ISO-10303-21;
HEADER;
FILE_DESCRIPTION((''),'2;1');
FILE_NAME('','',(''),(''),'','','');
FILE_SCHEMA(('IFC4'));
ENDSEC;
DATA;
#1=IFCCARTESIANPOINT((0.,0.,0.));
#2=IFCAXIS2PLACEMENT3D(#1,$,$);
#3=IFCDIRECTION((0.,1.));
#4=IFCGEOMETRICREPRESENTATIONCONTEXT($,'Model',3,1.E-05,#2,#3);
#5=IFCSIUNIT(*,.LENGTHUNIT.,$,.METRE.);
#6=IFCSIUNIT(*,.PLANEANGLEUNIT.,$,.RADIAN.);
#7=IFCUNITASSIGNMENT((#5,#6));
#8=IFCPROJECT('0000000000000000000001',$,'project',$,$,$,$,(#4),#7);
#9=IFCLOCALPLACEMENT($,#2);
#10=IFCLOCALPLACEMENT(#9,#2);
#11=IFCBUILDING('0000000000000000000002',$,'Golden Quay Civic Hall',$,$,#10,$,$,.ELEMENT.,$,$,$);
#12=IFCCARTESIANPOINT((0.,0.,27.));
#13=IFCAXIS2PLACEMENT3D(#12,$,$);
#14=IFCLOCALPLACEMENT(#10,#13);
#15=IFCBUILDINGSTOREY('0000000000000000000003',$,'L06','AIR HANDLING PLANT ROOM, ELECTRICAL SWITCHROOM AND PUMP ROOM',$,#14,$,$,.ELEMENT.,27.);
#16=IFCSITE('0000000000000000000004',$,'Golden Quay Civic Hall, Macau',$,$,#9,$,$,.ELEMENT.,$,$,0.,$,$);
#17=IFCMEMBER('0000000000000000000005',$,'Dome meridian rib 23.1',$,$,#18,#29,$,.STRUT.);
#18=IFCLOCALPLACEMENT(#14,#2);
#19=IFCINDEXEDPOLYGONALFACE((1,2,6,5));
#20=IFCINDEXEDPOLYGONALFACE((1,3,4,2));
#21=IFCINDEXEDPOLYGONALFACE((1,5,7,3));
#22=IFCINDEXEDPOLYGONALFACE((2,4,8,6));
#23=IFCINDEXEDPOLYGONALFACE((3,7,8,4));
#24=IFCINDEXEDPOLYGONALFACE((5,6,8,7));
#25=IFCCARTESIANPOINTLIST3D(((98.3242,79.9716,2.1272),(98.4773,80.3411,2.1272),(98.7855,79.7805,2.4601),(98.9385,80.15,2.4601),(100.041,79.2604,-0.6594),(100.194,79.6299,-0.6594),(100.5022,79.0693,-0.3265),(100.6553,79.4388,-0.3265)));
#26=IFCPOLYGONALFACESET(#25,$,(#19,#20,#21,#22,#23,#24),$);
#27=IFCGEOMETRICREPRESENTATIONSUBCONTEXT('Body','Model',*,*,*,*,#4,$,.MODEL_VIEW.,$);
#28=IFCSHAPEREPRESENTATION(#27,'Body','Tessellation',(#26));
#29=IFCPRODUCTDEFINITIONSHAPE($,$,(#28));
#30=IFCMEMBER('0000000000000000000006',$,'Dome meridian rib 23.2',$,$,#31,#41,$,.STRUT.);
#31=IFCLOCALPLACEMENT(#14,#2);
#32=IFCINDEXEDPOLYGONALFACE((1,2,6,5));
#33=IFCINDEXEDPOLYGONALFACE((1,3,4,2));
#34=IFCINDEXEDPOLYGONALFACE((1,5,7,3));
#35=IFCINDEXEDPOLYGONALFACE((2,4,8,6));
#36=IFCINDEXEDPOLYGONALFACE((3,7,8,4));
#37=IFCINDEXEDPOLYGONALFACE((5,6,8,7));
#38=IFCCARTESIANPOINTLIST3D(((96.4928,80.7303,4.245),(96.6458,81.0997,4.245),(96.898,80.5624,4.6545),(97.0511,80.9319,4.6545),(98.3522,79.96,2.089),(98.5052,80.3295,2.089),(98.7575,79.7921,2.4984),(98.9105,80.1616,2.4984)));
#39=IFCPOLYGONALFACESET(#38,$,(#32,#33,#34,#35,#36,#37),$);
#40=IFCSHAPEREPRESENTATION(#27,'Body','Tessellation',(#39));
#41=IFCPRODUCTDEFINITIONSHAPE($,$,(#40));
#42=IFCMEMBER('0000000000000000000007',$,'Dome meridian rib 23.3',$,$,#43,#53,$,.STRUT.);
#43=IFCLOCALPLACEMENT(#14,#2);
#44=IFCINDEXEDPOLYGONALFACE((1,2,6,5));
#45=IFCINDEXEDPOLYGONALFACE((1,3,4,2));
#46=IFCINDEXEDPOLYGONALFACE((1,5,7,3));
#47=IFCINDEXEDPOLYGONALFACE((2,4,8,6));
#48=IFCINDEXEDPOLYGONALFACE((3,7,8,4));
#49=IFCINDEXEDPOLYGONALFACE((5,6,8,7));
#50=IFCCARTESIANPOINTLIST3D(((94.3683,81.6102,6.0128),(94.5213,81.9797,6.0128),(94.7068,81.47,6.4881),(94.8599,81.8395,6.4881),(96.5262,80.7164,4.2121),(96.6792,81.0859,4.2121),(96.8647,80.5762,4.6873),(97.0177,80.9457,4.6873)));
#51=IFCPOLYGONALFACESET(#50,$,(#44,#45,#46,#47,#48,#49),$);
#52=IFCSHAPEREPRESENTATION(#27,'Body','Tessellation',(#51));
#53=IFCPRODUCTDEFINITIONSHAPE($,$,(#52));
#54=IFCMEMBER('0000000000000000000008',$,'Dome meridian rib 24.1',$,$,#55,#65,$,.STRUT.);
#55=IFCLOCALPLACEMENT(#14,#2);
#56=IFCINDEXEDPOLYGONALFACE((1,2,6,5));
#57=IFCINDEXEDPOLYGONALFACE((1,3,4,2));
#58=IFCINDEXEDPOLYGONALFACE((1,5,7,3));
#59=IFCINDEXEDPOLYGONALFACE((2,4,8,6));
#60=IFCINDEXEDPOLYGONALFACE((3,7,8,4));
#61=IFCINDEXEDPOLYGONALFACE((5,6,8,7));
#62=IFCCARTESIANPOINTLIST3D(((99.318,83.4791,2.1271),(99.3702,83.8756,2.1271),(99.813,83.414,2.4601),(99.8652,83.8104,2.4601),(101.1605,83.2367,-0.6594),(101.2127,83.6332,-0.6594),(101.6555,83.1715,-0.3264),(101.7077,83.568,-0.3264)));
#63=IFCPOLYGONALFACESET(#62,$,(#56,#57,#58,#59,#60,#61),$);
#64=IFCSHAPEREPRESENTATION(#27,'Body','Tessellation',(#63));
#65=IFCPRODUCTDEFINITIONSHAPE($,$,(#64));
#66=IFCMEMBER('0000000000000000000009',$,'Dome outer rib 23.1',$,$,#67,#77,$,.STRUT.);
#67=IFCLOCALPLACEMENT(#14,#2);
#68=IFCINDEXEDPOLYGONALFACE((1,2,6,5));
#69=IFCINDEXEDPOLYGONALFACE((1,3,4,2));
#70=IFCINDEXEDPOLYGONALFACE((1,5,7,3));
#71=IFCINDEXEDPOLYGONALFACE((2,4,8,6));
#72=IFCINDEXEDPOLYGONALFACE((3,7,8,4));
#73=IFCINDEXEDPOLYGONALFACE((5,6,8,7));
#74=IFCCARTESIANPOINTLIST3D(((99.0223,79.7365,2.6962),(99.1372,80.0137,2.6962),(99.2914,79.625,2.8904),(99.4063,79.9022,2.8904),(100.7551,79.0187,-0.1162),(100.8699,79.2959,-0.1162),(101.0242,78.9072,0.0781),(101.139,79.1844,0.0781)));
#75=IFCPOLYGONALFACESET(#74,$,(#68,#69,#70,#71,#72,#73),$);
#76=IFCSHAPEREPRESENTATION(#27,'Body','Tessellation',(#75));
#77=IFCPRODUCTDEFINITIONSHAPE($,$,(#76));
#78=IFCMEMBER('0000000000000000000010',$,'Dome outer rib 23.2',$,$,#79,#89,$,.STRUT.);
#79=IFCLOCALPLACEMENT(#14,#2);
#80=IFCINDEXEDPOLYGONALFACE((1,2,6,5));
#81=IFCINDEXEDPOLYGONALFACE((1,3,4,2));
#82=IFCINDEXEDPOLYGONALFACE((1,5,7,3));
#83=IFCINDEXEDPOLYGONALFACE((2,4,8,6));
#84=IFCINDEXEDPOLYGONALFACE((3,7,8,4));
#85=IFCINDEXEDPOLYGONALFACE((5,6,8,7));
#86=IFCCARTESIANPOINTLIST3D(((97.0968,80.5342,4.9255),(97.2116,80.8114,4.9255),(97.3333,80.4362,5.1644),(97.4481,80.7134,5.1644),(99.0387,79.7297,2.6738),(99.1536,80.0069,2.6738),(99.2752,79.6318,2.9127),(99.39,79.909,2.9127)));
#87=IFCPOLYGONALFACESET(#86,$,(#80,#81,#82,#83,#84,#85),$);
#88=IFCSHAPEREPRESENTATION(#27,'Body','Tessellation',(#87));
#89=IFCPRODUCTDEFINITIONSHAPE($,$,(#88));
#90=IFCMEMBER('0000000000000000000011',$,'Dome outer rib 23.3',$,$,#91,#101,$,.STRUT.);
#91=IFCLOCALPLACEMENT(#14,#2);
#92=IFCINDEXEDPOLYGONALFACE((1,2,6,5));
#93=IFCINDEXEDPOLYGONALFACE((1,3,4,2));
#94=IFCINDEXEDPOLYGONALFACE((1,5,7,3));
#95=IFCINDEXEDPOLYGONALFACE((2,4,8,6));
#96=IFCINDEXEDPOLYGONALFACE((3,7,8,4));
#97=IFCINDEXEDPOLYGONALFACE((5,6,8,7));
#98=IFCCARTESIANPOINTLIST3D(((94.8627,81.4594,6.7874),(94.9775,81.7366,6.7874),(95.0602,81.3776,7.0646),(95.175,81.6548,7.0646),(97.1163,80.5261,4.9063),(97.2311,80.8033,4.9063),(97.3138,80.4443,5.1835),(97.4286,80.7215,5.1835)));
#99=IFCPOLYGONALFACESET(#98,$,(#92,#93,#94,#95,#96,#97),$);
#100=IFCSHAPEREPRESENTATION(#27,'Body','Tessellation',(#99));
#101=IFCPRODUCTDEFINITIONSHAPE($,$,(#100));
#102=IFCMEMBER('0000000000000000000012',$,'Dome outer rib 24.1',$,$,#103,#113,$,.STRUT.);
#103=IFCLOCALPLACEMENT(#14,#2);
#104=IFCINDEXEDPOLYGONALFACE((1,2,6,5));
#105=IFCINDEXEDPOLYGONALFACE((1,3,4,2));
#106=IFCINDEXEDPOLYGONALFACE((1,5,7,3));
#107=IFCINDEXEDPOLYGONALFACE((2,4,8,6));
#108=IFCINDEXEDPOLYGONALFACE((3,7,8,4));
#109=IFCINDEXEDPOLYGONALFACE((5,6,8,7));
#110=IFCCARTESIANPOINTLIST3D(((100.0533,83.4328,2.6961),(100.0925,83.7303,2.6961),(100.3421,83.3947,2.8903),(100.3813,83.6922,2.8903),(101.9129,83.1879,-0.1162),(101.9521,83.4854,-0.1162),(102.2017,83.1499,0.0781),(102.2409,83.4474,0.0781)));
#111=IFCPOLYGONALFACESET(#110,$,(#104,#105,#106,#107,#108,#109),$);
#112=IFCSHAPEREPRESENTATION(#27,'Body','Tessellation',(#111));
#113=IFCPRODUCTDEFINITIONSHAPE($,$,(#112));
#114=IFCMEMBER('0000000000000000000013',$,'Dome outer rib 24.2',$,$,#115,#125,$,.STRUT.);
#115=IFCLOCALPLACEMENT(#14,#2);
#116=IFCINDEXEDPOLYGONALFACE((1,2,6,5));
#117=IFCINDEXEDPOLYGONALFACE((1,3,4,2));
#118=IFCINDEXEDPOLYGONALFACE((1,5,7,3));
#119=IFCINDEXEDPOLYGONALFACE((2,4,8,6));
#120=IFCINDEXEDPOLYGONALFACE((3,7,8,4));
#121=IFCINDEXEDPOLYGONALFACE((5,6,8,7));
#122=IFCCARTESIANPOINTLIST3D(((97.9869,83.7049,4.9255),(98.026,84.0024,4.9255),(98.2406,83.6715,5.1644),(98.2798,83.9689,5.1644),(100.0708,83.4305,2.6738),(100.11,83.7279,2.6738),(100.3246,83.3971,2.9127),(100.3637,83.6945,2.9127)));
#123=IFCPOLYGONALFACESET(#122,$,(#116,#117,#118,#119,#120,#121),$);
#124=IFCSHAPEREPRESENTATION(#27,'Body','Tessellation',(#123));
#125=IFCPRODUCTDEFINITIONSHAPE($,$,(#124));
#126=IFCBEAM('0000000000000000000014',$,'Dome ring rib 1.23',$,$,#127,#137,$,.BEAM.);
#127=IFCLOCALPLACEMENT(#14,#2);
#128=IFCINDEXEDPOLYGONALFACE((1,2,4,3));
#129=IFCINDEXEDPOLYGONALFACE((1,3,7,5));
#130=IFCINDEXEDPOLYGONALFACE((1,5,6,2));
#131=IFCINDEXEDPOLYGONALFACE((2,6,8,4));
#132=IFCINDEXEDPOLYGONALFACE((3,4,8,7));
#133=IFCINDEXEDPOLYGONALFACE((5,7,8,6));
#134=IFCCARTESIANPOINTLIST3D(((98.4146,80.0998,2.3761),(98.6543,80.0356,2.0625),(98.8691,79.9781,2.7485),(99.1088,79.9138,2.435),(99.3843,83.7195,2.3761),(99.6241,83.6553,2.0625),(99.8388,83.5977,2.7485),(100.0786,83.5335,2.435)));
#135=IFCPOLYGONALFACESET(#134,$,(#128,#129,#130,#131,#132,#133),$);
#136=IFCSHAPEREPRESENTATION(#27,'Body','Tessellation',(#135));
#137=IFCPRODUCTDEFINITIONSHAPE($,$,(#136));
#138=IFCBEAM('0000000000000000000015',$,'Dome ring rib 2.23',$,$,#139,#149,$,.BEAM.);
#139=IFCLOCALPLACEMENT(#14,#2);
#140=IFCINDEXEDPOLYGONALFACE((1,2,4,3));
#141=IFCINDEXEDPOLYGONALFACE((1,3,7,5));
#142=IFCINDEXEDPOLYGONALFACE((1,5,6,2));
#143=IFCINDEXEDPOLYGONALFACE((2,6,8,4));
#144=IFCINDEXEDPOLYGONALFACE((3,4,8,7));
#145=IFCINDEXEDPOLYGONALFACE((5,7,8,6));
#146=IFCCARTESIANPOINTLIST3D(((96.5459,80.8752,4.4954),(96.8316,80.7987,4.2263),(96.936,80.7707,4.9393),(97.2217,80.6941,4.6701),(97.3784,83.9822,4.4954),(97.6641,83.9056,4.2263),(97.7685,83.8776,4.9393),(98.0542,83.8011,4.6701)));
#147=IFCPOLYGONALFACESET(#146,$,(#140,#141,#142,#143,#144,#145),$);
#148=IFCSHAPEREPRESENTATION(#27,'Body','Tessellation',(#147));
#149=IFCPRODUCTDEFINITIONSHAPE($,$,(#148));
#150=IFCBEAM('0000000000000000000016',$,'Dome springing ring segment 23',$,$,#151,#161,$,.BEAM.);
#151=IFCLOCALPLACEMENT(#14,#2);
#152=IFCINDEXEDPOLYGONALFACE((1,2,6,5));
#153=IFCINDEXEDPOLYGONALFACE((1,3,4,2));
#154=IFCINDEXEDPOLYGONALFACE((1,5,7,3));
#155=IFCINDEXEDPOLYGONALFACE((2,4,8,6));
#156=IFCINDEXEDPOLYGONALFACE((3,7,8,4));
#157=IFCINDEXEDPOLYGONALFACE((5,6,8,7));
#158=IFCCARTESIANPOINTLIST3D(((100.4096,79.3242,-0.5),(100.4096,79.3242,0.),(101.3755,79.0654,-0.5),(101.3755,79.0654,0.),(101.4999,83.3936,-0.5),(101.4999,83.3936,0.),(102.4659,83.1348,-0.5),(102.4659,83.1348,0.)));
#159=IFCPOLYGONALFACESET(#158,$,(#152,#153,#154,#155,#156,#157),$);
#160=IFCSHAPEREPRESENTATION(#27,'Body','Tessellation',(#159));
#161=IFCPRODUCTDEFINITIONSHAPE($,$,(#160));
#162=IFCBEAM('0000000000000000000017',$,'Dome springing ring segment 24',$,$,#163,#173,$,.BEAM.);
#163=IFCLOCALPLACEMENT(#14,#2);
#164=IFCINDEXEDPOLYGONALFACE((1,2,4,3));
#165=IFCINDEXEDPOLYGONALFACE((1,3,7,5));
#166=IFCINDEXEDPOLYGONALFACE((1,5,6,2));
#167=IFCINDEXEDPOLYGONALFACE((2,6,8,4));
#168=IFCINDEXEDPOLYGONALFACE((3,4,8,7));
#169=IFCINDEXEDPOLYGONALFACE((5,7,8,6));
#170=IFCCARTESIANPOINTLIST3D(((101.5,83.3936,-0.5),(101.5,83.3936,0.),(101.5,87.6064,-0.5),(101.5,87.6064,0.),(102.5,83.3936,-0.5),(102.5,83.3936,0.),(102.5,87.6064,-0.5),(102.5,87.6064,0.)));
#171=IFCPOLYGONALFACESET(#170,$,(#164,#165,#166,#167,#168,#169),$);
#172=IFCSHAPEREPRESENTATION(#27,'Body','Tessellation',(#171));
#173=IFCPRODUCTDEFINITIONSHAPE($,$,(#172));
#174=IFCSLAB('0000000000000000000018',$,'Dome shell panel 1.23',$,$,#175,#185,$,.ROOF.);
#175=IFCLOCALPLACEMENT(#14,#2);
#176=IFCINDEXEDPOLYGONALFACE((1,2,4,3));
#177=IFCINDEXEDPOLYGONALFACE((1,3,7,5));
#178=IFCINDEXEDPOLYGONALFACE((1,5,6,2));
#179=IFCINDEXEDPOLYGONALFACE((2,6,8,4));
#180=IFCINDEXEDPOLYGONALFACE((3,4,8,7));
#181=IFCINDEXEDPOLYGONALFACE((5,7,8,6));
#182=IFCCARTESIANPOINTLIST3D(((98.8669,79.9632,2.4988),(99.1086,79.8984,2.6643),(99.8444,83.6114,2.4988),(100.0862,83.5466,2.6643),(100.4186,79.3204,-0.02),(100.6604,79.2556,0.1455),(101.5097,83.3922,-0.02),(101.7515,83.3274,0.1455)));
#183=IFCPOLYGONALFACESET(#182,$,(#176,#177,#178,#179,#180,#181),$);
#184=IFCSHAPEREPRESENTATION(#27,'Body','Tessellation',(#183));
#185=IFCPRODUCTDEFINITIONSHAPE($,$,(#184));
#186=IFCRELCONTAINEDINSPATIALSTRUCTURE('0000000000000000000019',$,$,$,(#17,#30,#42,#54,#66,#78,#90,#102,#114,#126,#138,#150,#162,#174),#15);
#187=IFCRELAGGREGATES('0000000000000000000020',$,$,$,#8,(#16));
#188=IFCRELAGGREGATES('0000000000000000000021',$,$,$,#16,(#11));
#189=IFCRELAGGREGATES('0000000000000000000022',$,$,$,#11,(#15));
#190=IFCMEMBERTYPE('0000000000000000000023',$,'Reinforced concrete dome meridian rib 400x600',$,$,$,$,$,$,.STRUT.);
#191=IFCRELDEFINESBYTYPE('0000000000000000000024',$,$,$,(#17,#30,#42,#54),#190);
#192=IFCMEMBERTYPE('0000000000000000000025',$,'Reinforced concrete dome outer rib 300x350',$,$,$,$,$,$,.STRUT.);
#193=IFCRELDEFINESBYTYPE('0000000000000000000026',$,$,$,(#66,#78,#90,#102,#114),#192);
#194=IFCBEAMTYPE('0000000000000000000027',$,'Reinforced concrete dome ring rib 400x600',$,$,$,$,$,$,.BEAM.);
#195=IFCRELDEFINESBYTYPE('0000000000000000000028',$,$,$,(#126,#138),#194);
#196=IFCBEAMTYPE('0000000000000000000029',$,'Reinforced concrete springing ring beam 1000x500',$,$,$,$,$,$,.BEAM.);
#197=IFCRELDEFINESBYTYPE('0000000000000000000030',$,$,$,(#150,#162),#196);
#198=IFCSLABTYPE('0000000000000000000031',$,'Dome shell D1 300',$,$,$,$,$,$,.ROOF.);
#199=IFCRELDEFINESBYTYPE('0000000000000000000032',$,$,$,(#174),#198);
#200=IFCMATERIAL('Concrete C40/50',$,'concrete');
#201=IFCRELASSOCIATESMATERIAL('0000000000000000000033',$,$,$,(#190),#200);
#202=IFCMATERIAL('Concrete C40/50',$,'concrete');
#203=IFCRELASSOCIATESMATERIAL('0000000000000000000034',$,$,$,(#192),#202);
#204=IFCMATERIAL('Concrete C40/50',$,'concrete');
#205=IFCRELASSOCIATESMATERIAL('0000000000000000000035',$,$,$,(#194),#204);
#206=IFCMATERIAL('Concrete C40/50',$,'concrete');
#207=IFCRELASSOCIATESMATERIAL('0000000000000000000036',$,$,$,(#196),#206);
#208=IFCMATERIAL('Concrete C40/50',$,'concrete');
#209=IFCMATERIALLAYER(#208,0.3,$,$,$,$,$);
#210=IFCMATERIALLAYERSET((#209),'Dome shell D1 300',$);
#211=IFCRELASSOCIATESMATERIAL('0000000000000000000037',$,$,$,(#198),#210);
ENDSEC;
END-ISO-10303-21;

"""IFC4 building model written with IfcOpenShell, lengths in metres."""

from ifc_helpers import new_model, si_unit, direction, frame, origin, origin_2d, place, context, subcontext, project, spatial, polyline, rectangle, outline, extrude, material, layer, layer_set, material_profile, profile_set, type_object, element, save


model = new_model("IFC4")

# Units and contexts
model_context = context("Model", 3, precision=1e-05, world=origin(), true_north=direction((0.0, 1.0)))
body_context = subcontext(model_context, "Body", "Model", "MODEL_VIEW")
ifc_project = project(units=[si_unit("LENGTHUNIT", "METRE"), si_unit("PLANEANGLEUNIT", "RADIAN")], contexts=[model_context])

# Site, building, storey
site_placement = place(None, origin())
site = spatial("IfcSite", under=ifc_project, at=site_placement, Name="Golden Quay Civic Hall, Macau", CompositionType="ELEMENT", RefElevation=0.0)
building_placement = place(site_placement, origin())
building = spatial("IfcBuilding", under=site, at=building_placement, Name="Golden Quay Civic Hall", CompositionType="ELEMENT")
storey_placement = place(building_placement, frame((0.0, 0.0, 27.0)))
storey = spatial("IfcBuildingStorey", under=building, at=storey_placement, Name="L06", Description="AIR HANDLING PLANT ROOM, ELECTRICAL SWITCHROOM AND PUMP ROOM", CompositionType="ELEMENT", Elevation=27.0)

# Members
ifc_material_1 = material(Name="Concrete C40/50", Category="concrete")
ifc_material_profile_1 = material_profile(ifc_material_1, rectangle(XDim=0.3999, YDim=0.6001, at=origin_2d()), Name="RC 400x600")
ifc_profile_set_1 = profile_set([ifc_material_profile_1], Name="Concrete C40/50")
member_type_1 = type_object("IfcMemberType", Name="Reinforced concrete dome meridian rib 400x600", PredefinedType="STRUT", material=ifc_profile_set_1)
member_1_placement = place(storey_placement, frame((100.3481, 79.3496, -0.4929), z_axis=(-0.51257, 0.212332, 0.831978), x_axis=(-0.382711, -0.923868, 0.0)))
element("IfcMember", 1, at=member_1_placement, inside=storey, type_object=member_type_1, Name="Dome meridian rib 23.1", PredefinedType="STRUT", context=body_context, shape_type="SweptSolid", body=[
    extrude(rectangle(XDim=0.3999, YDim=0.6001, at=origin_2d()), origin(), (0.0, 0.0, 1.0), 3.3494),
])
member_2_placement = place(storey_placement, frame((98.6313, 80.0608, 2.2937), z_axis=(-0.630425, 0.26116, 0.730999), x_axis=(-0.38272, -0.923865, 0.0)))
element("IfcMember", 2, at=member_2_placement, inside=storey, type_object=member_type_1, Name="Dome meridian rib 23.2", PredefinedType="STRUT", context=body_context, shape_type="SweptSolid", body=[
    extrude(rectangle(XDim=0.3999, YDim=0.6001, at=origin_2d()), origin(), (0.0, 0.0, 1.0), 2.9495),
])
member_3_placement = place(storey_placement, frame((96.772, 80.8311, 4.4497), z_axis=(-0.731681, 0.303053, 0.610575), x_axis=(-0.382663, -0.923888, 0.0)))
element("IfcMember", 3, at=member_3_placement, inside=storey, type_object=member_type_1, Name="Dome meridian rib 23.3", PredefinedType="STRUT", context=body_context, shape_type="SweptSolid", body=[
    extrude(rectangle(XDim=0.3999, YDim=0.6001, at=origin_2d()), origin(), (0.0, 0.0, 1.0), 2.9492),
])
member_4_placement = place(storey_placement, frame((101.4341, 83.4023, -0.4929), z_axis=(-0.550096, 0.072379, 0.831959), x_axis=(-0.130451, -0.991455, 0.0)))
element("IfcMember", 4, at=member_4_placement, inside=storey, type_object=member_type_1, Name="Dome meridian rib 24.1", PredefinedType="STRUT", context=body_context, shape_type="SweptSolid", body=[
    extrude(rectangle(XDim=0.3999, YDim=0.6001, at=origin_2d()), origin(), (0.0, 0.0, 1.0), 3.3494),
])
ifc_material_2 = material(Name="Concrete C40/50", Category="concrete")
ifc_material_profile_2 = material_profile(ifc_material_2, rectangle(XDim=0.3, YDim=0.3501, at=origin_2d()), Name="RC 300x350")
ifc_profile_set_2 = profile_set([ifc_material_profile_2], Name="Concrete C40/50")
member_type_2 = type_object("IfcMemberType", Name="Reinforced concrete dome outer rib 300x350", PredefinedType="STRUT", material=ifc_profile_set_2)
member_5_placement = place(storey_placement, frame((100.947, 79.1016, -0.019), z_axis=(-0.512585, 0.212343, 0.831966), x_axis=(-0.38272, -0.923865, 0.0)))
element("IfcMember", 5, at=member_5_placement, inside=storey, type_object=member_type_2, Name="Dome outer rib 23.1", PredefinedType="STRUT", context=body_context, shape_type="SweptSolid", body=[
    extrude(rectangle(XDim=0.3, YDim=0.3501, at=origin_2d()), origin(), (0.0, 0.0, 1.0), 3.3804),
])
for number, where, z_axis, x_axis, name in (
    (6, (99.2144, 79.8193, 2.7932), (-0.630423, 0.261157, 0.731002), (-0.382718, -0.923865, 0.0), "Dome outer rib 23.2"),
    (7, (97.2725, 80.6238, 5.0449), (-0.73162, 0.302999, 0.610674), (-0.382632, -0.923901, 0.0), "Dome outer rib 23.3"),
):
    element("IfcMember", number, at=place(storey_placement, frame(where, z_axis=z_axis, x_axis=x_axis)), inside=storey, type_object=member_type_2, Name=name, PredefinedType="STRUT", context=body_context, shape_type="SweptSolid", body=[
        extrude(rectangle(XDim=0.3, YDim=0.3501, at=origin_2d()), origin(), (0.0, 0.0, 1.0), 3.0803),
    ])
member_6_placement = place(storey_placement, frame((102.0769, 83.3176, -0.019), z_axis=(-0.550122, 0.07244, 0.831936), x_axis=(-0.130552, -0.991441, 0.0)))
element("IfcMember", 8, at=member_6_placement, inside=storey, type_object=member_type_2, Name="Dome outer rib 24.1", PredefinedType="STRUT", context=body_context, shape_type="SweptSolid", body=[
    extrude(rectangle(XDim=0.3, YDim=0.3501, at=origin_2d()), origin(), (0.0, 0.0, 1.0), 3.3804),
])
member_7_placement = place(storey_placement, frame((100.2173, 83.5625, 2.7932), z_axis=(-0.676544, 0.089086, 0.730994), x_axis=(-0.130551, -0.991442, 0.0)))
element("IfcMember", 9, at=member_7_placement, inside=storey, type_object=member_type_2, Name="Dome outer rib 24.2", PredefinedType="STRUT", context=body_context, shape_type="SweptSolid", body=[
    extrude(rectangle(XDim=0.3, YDim=0.3501, at=origin_2d()), origin(), (0.0, 0.0, 1.0), 3.0803),
])

# Beams
ifc_material_3 = material(Name="Concrete C40/50", Category="concrete")
ifc_material_profile_3 = material_profile(ifc_material_3, rectangle(XDim=0.3999, YDim=0.6001, at=origin_2d()), Name="RC 400x600")
ifc_profile_set_3 = profile_set([ifc_material_profile_3], Name="Concrete C40/50")
beam_type_1 = type_object("IfcBeamType", Name="Reinforced concrete dome ring rib 400x600", PredefinedType="BEAM", material=ifc_profile_set_3)
beam_1_placement = place(storey_placement, frame((98.7617, 80.0068, 2.4055), z_axis=(0.258782, 0.965936, 0.0), x_axis=(-0.599518, 0.160616, 0.784079)))
element("IfcBeam", 10, at=beam_1_placement, inside=storey, type_object=beam_type_1, Name="Dome ring rib 1.23", PredefinedType="BEAM", context=body_context, shape_type="SweptSolid", body=[
    extrude(rectangle(XDim=0.3999, YDim=0.6001, at=origin_2d()), origin(), (0.0, 0.0, 1.0), 3.7473),
])
beam_2_placement = place(storey_placement, frame((96.8838, 80.7847, 4.5828), z_axis=(0.258825, 0.965924, 0.0), x_axis=(-0.714393, 0.191425, 0.673053)))
element("IfcBeam", 11, at=beam_2_placement, inside=storey, type_object=beam_type_1, Name="Dome ring rib 2.23", PredefinedType="BEAM", context=body_context, shape_type="SweptSolid", body=[
    extrude(rectangle(XDim=0.3999, YDim=0.6001, at=origin_2d()), origin(), (0.0, 0.0, 1.0), 3.2166),
])
ifc_material_4 = material(Name="Concrete C40/50", Category="concrete")
ifc_material_profile_4 = material_profile(ifc_material_4, rectangle(XDim=1.0, YDim=0.5, at=origin_2d()), Name="RC 1000x500")
ifc_profile_set_4 = profile_set([ifc_material_profile_4], Name="Concrete C40/50")
beam_type_2 = type_object("IfcBeamType", Name="Reinforced concrete springing ring beam 1000x500", PredefinedType="BEAM", material=ifc_profile_set_4)
for number, where, z_axis, x_axis, name in (
    (12, (100.8926, 79.1948, -0.25), (0.258809, 0.965928, 0.0), (-0.965928, 0.258809, 0.0), "Dome springing ring segment 23"),
    (13, (102.0, 83.3936, -0.25), (0.0, 1.0, 0.0), (-1.0, 0.0, 0.0), "Dome springing ring segment 24"),
):
    element("IfcBeam", number, at=place(storey_placement, frame(where, z_axis=z_axis, x_axis=x_axis)), inside=storey, type_object=beam_type_2, Name=name, PredefinedType="BEAM", context=body_context, shape_type="SweptSolid", body=[
        extrude(rectangle(XDim=1.0, YDim=0.5, at=origin_2d()), origin(), (0.0, 0.0, 1.0), 4.2129),
    ])

# Slab
ifc_material_5 = material(Name="Concrete C40/50", Category="concrete")
ifc_layer_1 = layer(ifc_material_5, 0.3)
ifc_layer_set_1 = layer_set([ifc_layer_1], Name="Dome shell D1 300")
slab_type = type_object("IfcSlabType", Name="Dome shell D1 300", PredefinedType="ROOF", material=ifc_layer_set_1)
slab_1_placement = place(storey_placement, frame((100.6604, 79.2556, 0.1455), z_axis=(0.805748, -0.215904, 0.551503), x_axis=(0.258825, 0.965924, -0.000001)))
element("IfcSlab", 14, at=slab_1_placement, inside=storey, type_object=slab_type, Name="Dome shell panel 1.23", PredefinedType="ROOF", context=body_context, shape_type="SweptSolid", body=[
    extrude(outline(polyline([(0.0, 0.0), (4.2154, 0.0), (3.9962, 3.0195), (0.2193, 3.0195), (0.0, 0.0)])), origin(), (0.0, 0.0, -1.0), 0.3),
])

save(model, "model.ifc")
